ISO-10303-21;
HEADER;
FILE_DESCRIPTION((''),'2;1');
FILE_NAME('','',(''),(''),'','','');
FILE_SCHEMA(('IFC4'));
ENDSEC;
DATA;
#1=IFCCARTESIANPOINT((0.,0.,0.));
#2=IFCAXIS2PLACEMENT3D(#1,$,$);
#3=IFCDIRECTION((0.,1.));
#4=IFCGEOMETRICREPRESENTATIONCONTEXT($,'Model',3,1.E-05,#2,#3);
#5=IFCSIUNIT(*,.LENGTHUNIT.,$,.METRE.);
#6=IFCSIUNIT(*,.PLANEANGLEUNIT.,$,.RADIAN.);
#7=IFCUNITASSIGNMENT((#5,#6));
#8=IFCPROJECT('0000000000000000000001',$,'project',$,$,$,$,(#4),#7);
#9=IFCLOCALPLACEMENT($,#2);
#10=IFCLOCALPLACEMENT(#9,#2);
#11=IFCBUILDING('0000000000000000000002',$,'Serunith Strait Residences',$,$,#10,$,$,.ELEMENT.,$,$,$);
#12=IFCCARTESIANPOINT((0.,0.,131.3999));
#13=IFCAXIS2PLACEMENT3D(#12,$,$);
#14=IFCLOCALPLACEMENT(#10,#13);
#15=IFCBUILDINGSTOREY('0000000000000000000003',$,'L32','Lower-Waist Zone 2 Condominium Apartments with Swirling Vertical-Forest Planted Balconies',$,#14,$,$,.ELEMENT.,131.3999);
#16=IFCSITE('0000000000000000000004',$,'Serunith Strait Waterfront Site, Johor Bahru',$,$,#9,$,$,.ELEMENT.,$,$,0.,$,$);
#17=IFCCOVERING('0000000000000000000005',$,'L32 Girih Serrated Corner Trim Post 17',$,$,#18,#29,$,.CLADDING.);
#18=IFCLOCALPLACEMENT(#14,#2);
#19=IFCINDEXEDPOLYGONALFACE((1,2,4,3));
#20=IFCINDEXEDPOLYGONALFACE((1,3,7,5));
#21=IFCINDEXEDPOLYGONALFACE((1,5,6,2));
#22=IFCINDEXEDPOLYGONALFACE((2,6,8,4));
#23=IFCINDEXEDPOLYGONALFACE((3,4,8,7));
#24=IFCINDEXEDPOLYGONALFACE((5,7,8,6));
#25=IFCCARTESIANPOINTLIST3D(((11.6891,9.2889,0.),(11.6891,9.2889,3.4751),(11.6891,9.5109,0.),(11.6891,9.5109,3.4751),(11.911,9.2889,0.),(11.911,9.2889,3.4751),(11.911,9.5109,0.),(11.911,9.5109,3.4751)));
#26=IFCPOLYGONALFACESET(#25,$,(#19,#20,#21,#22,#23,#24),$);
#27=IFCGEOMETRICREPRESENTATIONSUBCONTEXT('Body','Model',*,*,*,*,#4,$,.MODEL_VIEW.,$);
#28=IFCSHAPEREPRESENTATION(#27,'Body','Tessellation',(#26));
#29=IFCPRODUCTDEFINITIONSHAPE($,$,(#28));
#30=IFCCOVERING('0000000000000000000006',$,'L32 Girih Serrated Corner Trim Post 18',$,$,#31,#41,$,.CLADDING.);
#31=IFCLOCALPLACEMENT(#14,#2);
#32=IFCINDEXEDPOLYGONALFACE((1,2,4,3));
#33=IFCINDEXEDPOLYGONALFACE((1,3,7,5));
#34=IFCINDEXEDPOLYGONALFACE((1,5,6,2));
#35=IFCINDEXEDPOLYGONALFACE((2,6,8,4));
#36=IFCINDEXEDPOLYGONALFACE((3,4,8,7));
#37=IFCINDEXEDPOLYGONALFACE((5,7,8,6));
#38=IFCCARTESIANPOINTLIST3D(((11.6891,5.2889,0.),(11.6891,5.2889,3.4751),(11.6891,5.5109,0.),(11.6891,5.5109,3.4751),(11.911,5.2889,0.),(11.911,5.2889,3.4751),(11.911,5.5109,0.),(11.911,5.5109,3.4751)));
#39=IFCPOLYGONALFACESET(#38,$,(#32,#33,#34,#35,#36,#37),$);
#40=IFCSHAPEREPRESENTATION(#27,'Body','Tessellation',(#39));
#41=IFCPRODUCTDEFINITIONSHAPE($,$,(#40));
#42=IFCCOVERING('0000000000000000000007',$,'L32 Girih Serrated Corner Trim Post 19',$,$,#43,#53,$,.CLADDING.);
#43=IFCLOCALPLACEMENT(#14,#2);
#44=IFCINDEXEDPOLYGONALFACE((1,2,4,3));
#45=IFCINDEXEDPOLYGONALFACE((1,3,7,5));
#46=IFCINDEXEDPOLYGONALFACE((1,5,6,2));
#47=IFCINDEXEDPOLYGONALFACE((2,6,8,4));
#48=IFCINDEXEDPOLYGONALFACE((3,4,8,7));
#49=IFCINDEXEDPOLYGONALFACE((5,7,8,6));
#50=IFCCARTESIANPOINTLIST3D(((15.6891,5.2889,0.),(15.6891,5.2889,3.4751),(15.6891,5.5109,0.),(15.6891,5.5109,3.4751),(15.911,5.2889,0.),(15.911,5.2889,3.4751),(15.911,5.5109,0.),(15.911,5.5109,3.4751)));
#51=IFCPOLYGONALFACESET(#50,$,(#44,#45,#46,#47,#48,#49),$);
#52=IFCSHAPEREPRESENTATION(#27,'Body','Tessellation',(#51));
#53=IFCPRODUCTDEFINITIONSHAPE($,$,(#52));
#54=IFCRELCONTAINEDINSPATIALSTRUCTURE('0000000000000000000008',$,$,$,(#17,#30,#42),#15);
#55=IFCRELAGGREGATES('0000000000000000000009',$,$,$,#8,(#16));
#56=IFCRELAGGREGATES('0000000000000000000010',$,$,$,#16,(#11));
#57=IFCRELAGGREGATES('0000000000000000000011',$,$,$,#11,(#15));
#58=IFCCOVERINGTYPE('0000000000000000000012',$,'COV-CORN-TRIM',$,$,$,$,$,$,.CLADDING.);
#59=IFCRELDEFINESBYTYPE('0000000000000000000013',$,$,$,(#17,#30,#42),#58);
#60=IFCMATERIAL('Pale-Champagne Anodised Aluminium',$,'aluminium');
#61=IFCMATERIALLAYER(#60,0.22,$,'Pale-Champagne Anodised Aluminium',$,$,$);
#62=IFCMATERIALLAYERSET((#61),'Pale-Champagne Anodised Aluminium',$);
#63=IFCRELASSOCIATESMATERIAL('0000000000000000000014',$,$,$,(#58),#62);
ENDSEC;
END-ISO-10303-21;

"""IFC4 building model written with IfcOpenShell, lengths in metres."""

from ifc_helpers import new_model, si_unit, direction, frame, origin, origin_2d, place, context, subcontext, project, spatial, rectangle, extrude, source, transform, mapped, material, layer, layer_set, type_object, element, save


model = new_model("IFC4")

# Units and contexts
model_context = context("Model", 3, precision=1e-05, world=origin(), true_north=direction((0.0, 1.0)))
body_context = subcontext(model_context, "Body", "Model", "MODEL_VIEW")
ifc_project = project(units=[si_unit("LENGTHUNIT", "METRE"), si_unit("PLANEANGLEUNIT", "RADIAN")], contexts=[model_context])

# Site, building, storey
site_placement = place(None, origin())
site = spatial("IfcSite", under=ifc_project, at=site_placement, Name="Serunith Strait Waterfront Site, Johor Bahru", CompositionType="ELEMENT", RefElevation=0.0)
building_placement = place(site_placement, origin())
building = spatial("IfcBuilding", under=site, at=building_placement, Name="Serunith Strait Residences", CompositionType="ELEMENT")
storey_placement = place(building_placement, frame((0.0, 0.0, 131.3999)))
storey = spatial("IfcBuildingStorey", under=building, at=storey_placement, Name="L32", Description="Lower-Waist Zone 2 Condominium Apartments with Swirling Vertical-Forest Planted Balconies", CompositionType="ELEMENT", Elevation=131.3999)

# Shared definitions
ifc_material_1 = material(Name="Pale-Champagne Anodised Aluminium", Category="aluminium")

# Coverings
ifc_layer_1 = layer(ifc_material_1, 0.22, Name="Pale-Champagne Anodised Aluminium")
ifc_layer_set_1 = layer_set([ifc_layer_1], Name="Pale-Champagne Anodised Aluminium")
covering_type_1 = type_object("IfcCoveringType", Name="COV-CORN-TRIM", PredefinedType="CLADDING", material=ifc_layer_set_1)
shared_shape_1 = source(origin(), body_context, "Body", "SweptSolid", [
    extrude(rectangle(XDim=0.2219, YDim=0.2219, at=origin_2d()), origin(), (0.0, 0.0, 1.0), 3.4751),
])
for number, where, z_axis, x_axis, name in (
    (1, (11.8, 9.3999, 0.0), (0.0, 0.0, 1.0), (1.0, 0.0, 0.0), "L32 Girih Serrated Corner Trim Post 17"),
    (2, (11.8, 5.3999, 0.0), (0.0, 0.0, 1.0), (1.0, 0.0, 0.0), "L32 Girih Serrated Corner Trim Post 18"),
    (3, (15.8, 5.3999, 0.0), (0.0, 0.0, 1.0), (1.0, 0.0, 0.0), "L32 Girih Serrated Corner Trim Post 19"),
):
    element("IfcCovering", number, at=place(storey_placement, frame(where, z_axis=z_axis, x_axis=x_axis)), inside=storey, type_object=covering_type_1, Name=name, PredefinedType="CLADDING", context=body_context, shape_type="MappedRepresentation", body=[
        mapped(shared_shape_1, transform((0.0, 0.0, 0.0), scale=1.0)),
    ])

save(model, "model.ifc")
